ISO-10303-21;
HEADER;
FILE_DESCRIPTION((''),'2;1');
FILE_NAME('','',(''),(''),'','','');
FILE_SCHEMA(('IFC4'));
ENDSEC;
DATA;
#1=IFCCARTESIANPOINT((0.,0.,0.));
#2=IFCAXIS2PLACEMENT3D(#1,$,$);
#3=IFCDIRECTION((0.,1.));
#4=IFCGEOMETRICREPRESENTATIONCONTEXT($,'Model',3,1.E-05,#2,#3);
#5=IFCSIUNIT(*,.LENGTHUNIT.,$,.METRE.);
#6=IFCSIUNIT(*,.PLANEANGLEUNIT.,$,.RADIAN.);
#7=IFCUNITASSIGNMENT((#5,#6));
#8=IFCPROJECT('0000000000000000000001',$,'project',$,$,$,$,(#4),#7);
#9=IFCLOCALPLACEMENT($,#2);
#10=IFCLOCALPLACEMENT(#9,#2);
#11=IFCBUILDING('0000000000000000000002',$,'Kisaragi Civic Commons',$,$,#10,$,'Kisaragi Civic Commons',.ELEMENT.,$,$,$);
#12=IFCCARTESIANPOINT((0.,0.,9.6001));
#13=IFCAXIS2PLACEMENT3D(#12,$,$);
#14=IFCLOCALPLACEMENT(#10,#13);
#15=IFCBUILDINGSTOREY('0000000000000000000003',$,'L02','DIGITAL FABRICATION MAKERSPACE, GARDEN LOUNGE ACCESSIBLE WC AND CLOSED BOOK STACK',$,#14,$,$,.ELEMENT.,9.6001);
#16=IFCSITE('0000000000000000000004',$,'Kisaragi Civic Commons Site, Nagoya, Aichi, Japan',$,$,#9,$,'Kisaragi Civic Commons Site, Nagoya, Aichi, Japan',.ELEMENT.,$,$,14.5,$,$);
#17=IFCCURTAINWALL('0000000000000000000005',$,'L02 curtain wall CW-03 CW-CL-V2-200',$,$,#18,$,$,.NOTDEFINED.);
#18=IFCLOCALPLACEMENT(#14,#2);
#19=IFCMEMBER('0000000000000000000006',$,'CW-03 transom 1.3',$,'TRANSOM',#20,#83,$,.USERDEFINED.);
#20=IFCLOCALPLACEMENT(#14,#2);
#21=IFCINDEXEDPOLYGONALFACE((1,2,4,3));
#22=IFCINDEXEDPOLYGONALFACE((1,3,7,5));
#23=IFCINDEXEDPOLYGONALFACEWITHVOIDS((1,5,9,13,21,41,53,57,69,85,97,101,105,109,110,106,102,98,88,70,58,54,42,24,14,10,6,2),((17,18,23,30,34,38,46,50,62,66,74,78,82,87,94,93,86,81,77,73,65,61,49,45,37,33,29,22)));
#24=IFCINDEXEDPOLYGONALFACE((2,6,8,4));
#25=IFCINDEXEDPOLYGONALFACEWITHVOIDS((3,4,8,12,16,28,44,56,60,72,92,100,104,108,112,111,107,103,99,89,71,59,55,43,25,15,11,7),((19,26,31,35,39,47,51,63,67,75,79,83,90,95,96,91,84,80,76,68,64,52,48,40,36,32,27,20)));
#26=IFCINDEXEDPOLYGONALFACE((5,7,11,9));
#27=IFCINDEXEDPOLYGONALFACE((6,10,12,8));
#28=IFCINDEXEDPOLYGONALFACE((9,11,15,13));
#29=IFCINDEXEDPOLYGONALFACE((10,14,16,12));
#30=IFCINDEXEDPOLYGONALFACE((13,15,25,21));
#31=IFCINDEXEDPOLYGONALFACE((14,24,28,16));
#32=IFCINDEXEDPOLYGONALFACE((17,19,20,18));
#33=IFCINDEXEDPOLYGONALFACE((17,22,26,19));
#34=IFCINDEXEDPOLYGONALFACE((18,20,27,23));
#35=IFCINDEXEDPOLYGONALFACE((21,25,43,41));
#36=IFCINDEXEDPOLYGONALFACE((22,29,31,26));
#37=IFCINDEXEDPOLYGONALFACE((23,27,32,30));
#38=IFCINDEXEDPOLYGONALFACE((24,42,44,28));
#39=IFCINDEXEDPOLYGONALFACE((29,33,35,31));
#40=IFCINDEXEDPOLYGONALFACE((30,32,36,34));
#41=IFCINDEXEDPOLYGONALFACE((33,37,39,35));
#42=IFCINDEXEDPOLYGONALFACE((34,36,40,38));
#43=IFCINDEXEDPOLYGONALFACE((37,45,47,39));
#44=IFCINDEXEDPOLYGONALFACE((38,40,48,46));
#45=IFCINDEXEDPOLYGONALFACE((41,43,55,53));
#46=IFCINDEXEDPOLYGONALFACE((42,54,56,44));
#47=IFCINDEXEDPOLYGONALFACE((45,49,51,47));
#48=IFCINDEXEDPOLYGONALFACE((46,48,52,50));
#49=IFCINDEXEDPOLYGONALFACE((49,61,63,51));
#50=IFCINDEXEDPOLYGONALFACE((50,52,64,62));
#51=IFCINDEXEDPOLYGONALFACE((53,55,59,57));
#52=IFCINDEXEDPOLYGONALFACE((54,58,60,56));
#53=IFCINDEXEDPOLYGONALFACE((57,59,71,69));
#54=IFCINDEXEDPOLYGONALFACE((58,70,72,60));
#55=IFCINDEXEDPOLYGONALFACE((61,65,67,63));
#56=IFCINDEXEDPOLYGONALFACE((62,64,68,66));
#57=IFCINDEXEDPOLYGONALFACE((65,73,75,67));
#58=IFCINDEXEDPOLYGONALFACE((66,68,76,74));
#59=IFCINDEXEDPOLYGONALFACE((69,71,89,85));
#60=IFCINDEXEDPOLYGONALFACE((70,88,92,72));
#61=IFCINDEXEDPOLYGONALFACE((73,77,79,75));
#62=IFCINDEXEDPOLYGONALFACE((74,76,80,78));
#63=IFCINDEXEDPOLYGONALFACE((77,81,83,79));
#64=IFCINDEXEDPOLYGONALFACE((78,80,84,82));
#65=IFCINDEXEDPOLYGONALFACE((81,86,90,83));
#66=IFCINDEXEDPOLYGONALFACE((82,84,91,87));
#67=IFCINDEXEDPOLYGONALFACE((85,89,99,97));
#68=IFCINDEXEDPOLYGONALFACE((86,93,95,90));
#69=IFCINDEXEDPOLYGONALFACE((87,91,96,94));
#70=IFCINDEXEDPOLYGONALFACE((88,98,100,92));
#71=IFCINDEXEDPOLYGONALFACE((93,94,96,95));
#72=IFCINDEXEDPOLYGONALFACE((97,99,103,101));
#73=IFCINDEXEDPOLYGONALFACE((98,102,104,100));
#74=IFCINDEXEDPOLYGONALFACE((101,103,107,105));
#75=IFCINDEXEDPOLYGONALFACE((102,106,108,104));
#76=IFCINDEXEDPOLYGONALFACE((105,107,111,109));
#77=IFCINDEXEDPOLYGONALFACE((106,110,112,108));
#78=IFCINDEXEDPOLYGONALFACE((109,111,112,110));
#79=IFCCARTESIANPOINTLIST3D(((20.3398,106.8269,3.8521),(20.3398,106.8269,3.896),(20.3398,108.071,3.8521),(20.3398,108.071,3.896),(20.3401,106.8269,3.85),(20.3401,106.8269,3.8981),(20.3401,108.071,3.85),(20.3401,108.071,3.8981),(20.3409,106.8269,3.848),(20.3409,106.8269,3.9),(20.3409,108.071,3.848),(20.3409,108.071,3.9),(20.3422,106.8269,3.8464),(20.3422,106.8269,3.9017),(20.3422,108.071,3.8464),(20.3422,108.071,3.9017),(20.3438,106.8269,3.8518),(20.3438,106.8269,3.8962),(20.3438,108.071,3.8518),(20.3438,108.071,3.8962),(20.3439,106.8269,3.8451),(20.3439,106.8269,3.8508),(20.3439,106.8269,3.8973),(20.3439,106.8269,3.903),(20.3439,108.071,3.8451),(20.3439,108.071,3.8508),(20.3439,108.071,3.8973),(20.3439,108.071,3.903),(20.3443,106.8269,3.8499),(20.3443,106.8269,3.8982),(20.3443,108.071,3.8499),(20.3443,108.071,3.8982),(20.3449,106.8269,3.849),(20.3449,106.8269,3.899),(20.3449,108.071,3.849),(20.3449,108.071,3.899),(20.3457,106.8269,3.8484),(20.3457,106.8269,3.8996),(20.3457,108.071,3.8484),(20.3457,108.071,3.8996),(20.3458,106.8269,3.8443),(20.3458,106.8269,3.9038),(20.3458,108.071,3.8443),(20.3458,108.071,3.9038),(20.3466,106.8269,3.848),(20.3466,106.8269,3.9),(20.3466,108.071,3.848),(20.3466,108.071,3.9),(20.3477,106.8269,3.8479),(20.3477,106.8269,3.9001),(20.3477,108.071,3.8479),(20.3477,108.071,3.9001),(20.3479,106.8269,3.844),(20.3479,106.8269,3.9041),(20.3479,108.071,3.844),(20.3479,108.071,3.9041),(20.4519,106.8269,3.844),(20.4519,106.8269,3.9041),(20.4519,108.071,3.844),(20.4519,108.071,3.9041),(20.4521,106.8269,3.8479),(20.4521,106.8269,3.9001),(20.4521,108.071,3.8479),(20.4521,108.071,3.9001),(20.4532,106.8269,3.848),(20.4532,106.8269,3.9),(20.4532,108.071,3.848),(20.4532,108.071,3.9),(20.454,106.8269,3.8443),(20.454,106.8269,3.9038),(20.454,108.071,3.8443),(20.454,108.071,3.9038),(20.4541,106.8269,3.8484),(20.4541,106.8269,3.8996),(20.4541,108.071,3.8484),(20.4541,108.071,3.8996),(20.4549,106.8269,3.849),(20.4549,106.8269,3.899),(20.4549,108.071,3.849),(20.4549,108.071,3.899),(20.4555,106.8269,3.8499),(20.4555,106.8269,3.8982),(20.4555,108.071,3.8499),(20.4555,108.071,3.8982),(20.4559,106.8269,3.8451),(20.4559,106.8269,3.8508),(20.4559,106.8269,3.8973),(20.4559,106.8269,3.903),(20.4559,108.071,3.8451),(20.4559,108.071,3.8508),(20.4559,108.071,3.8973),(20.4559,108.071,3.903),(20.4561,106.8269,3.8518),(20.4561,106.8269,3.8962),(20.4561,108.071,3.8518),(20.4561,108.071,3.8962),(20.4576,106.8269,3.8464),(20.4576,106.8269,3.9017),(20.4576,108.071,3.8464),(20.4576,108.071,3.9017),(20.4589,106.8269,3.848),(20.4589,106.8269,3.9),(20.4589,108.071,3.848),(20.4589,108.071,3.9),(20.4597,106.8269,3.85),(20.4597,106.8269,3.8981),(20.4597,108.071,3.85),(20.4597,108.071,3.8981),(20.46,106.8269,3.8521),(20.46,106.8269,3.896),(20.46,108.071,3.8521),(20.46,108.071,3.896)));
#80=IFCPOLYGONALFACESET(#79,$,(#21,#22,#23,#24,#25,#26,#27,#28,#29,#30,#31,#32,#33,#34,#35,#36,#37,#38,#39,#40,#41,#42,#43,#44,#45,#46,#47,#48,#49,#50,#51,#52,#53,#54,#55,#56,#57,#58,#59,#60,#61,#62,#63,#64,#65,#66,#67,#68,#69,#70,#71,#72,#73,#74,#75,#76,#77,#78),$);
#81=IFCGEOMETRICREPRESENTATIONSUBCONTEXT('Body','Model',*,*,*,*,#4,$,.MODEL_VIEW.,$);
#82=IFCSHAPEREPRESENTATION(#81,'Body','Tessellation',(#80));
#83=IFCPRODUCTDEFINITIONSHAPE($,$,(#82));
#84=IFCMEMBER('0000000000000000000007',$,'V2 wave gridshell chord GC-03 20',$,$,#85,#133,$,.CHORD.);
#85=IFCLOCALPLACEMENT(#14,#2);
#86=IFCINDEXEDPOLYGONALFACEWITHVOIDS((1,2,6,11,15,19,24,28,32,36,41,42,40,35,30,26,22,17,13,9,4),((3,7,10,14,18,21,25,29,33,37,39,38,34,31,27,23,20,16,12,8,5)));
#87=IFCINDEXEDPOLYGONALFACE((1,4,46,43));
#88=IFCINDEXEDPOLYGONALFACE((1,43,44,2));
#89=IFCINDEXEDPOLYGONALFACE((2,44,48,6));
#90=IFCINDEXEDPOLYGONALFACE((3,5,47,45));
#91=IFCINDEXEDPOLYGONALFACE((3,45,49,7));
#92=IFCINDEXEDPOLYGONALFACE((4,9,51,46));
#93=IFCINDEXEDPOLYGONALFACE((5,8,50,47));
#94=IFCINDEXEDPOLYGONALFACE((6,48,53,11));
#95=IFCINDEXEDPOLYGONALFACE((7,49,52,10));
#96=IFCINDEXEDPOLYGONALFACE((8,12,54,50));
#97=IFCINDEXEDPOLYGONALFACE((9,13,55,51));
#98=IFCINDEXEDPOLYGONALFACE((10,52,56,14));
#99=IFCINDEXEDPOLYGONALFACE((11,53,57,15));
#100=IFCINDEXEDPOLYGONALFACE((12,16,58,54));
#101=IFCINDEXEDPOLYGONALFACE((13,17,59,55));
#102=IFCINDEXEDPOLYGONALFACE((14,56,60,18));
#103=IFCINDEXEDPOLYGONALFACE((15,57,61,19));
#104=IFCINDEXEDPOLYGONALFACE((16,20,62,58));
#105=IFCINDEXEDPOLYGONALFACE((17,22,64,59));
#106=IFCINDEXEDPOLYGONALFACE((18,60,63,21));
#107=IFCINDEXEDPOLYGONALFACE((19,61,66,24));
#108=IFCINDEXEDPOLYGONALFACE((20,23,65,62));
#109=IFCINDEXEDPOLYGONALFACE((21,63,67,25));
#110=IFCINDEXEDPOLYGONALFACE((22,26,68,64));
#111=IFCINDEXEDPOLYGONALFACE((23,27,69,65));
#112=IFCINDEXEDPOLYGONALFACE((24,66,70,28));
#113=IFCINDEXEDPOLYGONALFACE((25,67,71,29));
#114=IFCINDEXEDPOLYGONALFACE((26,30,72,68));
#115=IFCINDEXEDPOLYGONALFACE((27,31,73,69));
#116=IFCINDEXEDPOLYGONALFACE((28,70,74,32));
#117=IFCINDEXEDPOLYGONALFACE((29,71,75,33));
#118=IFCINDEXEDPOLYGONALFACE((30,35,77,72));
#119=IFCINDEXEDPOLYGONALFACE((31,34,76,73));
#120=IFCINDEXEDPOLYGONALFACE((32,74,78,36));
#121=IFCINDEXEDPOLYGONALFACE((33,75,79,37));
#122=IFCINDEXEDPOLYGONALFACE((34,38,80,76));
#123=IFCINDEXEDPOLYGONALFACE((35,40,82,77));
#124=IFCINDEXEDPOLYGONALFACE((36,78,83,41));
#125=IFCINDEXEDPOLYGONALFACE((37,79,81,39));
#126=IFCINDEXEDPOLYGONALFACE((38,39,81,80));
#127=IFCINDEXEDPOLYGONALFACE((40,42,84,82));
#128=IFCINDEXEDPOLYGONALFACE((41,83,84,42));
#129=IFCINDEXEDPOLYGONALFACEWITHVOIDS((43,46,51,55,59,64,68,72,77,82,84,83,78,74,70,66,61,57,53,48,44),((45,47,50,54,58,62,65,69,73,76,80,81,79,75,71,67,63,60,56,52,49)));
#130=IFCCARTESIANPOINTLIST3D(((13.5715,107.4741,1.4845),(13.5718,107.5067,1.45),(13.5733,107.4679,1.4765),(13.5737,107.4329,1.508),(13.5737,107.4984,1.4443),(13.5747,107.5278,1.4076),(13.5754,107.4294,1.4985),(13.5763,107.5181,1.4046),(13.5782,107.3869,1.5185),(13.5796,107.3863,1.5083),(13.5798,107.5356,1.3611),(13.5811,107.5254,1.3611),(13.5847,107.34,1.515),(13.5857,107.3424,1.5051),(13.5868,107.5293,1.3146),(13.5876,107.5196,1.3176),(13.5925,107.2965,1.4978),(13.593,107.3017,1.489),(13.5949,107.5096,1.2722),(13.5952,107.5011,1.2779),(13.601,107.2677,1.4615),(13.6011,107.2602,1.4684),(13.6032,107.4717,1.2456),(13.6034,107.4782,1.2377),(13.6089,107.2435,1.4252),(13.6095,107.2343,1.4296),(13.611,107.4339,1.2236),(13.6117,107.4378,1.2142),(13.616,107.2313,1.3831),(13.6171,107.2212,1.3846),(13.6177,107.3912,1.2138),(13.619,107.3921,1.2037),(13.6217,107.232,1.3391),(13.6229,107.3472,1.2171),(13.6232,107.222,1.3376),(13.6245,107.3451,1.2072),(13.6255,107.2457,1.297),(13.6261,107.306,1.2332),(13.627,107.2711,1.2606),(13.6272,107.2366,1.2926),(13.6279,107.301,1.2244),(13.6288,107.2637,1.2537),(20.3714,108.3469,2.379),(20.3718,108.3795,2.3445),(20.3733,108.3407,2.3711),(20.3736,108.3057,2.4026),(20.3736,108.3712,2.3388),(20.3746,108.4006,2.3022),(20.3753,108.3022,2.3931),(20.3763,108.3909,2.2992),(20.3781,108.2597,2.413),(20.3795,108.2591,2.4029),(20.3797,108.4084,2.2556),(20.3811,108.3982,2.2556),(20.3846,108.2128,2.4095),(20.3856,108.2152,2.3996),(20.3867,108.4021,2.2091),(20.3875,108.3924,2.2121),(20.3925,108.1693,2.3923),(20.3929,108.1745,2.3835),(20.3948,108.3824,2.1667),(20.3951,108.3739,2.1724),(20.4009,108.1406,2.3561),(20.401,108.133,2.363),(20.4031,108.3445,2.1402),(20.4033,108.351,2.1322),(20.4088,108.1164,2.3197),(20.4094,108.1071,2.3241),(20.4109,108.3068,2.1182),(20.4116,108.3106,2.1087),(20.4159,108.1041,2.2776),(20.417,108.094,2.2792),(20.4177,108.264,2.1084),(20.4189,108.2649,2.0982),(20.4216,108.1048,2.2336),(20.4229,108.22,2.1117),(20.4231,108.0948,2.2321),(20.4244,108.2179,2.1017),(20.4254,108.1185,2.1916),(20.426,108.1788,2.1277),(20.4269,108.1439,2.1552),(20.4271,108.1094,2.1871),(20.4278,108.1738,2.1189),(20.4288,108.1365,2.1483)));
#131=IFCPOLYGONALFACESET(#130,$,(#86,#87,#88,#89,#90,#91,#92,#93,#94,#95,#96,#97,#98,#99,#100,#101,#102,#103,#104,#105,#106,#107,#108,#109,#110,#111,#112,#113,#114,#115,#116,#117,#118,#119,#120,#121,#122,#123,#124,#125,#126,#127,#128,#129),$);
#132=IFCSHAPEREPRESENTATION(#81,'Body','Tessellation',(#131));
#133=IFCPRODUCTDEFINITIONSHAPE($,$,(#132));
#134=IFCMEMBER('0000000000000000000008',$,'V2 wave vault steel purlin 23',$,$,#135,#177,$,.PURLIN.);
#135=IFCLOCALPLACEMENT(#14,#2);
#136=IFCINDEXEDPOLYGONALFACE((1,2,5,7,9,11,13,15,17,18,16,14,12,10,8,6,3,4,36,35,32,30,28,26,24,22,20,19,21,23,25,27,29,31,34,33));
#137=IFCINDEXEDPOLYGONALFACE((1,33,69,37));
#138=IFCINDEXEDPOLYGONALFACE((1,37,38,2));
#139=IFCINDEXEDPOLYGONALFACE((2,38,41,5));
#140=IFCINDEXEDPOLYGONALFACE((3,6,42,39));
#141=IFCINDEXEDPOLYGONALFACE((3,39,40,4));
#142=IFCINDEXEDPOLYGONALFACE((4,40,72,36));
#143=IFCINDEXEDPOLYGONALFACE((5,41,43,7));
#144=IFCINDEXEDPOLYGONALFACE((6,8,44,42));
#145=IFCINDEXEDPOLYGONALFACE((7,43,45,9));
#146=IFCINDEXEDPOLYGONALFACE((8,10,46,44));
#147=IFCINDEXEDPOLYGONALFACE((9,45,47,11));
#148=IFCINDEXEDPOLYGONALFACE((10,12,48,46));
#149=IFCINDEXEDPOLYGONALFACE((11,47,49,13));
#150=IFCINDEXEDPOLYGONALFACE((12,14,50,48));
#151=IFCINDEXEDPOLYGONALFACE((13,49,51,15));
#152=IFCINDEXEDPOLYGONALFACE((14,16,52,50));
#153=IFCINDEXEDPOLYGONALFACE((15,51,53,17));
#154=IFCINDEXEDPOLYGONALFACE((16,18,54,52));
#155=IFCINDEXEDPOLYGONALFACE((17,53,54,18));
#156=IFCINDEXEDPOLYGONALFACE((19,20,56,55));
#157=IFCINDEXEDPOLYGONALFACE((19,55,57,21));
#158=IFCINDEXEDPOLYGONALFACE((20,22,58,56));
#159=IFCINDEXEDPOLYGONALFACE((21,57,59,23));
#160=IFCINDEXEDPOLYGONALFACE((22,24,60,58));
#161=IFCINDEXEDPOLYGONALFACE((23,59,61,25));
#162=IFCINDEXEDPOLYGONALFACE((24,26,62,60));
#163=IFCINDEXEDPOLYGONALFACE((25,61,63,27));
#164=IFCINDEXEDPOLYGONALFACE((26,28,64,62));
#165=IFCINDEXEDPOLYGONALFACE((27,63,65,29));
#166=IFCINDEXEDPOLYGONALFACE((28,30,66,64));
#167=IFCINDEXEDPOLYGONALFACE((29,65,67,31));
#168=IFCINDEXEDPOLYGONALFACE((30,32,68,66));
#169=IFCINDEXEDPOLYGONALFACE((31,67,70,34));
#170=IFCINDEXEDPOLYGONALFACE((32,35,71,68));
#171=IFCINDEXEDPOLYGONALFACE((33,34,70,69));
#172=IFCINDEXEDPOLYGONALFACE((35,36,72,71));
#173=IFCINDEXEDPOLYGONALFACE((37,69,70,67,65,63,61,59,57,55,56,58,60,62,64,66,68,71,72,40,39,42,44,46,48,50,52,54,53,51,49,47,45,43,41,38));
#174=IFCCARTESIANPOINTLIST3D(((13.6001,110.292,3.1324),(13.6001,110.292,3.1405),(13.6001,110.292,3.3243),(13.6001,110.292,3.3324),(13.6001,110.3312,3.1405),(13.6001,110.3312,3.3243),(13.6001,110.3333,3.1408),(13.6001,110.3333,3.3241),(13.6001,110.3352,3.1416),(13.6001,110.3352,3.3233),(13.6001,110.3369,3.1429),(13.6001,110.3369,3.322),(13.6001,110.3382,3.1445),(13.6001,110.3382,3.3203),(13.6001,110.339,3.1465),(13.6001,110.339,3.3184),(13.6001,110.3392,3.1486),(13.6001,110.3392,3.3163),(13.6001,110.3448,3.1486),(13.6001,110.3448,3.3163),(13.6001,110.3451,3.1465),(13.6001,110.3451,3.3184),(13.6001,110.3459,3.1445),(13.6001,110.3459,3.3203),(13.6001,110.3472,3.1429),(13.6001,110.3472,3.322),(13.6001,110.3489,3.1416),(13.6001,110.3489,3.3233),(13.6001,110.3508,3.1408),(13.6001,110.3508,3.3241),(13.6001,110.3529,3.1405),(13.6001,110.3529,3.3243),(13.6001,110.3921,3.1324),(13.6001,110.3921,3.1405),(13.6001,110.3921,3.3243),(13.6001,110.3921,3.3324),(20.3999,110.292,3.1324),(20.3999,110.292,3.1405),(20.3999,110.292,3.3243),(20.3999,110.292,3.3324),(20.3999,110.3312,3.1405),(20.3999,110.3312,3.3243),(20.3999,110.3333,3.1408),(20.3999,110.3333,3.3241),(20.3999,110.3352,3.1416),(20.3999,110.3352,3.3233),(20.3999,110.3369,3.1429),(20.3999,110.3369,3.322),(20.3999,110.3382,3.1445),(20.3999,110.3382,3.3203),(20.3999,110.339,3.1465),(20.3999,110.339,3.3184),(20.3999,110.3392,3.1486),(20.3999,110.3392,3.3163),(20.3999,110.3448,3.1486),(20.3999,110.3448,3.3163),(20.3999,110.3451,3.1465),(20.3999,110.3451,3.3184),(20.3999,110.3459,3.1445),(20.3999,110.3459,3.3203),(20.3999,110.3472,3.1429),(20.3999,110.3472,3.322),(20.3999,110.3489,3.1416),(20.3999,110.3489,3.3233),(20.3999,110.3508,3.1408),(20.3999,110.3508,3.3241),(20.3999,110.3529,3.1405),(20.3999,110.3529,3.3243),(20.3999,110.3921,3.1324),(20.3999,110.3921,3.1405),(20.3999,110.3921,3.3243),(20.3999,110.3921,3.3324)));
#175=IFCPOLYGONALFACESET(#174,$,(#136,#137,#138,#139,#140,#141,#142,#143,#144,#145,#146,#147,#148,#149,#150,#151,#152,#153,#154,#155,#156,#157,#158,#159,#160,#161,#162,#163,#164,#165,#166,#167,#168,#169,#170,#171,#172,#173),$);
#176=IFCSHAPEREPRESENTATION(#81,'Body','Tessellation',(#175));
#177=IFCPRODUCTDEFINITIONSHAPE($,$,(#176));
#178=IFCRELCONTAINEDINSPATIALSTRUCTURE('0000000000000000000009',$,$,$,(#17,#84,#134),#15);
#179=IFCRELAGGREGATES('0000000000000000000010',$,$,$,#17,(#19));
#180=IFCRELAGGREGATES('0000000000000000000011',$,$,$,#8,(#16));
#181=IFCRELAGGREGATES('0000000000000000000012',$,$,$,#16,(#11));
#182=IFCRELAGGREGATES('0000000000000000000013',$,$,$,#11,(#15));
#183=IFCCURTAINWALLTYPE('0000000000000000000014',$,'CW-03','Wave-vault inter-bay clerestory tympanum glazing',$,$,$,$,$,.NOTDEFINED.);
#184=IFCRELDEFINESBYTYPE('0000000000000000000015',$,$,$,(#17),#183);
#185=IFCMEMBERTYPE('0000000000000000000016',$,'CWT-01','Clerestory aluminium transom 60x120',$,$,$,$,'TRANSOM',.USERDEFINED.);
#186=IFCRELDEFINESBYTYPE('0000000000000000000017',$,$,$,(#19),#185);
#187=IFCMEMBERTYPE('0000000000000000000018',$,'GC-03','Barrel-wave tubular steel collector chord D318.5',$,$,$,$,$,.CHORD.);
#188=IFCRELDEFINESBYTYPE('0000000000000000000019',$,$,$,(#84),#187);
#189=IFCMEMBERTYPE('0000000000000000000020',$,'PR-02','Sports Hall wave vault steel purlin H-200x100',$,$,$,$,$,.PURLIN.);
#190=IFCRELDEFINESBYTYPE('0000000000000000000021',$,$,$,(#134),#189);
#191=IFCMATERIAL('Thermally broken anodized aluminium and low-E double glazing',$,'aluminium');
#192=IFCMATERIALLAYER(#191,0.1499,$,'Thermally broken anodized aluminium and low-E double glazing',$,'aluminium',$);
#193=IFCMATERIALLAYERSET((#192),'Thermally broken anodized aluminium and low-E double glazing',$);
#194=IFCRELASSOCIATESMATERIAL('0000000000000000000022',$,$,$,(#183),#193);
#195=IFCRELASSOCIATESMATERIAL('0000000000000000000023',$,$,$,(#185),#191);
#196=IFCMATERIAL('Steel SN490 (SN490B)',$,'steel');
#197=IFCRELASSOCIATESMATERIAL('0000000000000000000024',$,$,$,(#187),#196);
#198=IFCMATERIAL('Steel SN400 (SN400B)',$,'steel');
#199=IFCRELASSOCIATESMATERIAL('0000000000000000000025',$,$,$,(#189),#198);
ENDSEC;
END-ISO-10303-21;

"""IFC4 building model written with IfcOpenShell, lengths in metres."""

from ifc_helpers import new_model, si_unit, direction, frame, origin, origin_2d, place, context, subcontext, project, spatial, hollow_rectangle, hollow_circle, i_section, extrude, material, layer, layer_set, material_profile, profile_set, type_object, element, aggregate, save


model = new_model("IFC4")

# Units and contexts
model_context = context("Model", 3, precision=1e-05, world=origin(), true_north=direction((0.0, 1.0)))
body_context = subcontext(model_context, "Body", "Model", "MODEL_VIEW")
ifc_project = project(units=[si_unit("LENGTHUNIT", "METRE"), si_unit("PLANEANGLEUNIT", "RADIAN")], contexts=[model_context])

# Site, building, storey
site_placement = place(None, origin())
site = spatial("IfcSite", under=ifc_project, at=site_placement, Name="Kisaragi Civic Commons Site, Nagoya, Aichi, Japan", LongName="Kisaragi Civic Commons Site, Nagoya, Aichi, Japan", CompositionType="ELEMENT", RefElevation=14.5)
building_placement = place(site_placement, origin())
building = spatial("IfcBuilding", under=site, at=building_placement, Name="Kisaragi Civic Commons", LongName="Kisaragi Civic Commons", CompositionType="ELEMENT")
storey_placement = place(building_placement, frame((0.0, 0.0, 9.6001)))
storey = spatial("IfcBuildingStorey", under=building, at=storey_placement, Name="L02", Description="DIGITAL FABRICATION MAKERSPACE, GARDEN LOUNGE ACCESSIBLE WC AND CLOSED BOOK STACK", CompositionType="ELEMENT", Elevation=9.6001)

# Shared definitions
ifc_material_1 = material(Name="Thermally broken anodized aluminium and low-E double glazing", Category="aluminium")
ifc_layer_1 = layer(ifc_material_1, 0.1499, Name="Thermally broken anodized aluminium and low-E double glazing", Category="aluminium")
ifc_layer_set_1 = layer_set([ifc_layer_1], Name="Thermally broken anodized aluminium and low-E double glazing")
curtain_wall_type = type_object("IfcCurtainWallType", Name="CW-03", Description="Wave-vault inter-bay clerestory tympanum glazing", PredefinedType="NOTDEFINED", material=ifc_layer_set_1)

# Curtain wall
curtain_wall_1_placement = place(storey_placement, origin())
curtain_wall_1 = element("IfcCurtainWall", 1, at=curtain_wall_1_placement, inside=storey, type_object=curtain_wall_type, Name="L02 curtain wall CW-03 CW-CL-V2-200", PredefinedType="NOTDEFINED")

# Member
ifc_material_profile_1 = material_profile(ifc_material_1, hollow_rectangle(XDim=0.1201, YDim=0.0601, WallThickness=0.0039, InnerFilletRadius=0.0039, OuterFilletRadius=0.0081, at=origin_2d()), Name="CWT-60x120x4", Category="aluminium")
ifc_profile_set_1 = profile_set([ifc_material_profile_1], Name="Thermally broken anodized aluminium and low-E double glazing")
member_type_1 = type_object("IfcMemberType", Name="CWT-01", Description="Clerestory aluminium transom 60x120", ElementType="TRANSOM", PredefinedType="USERDEFINED", material=ifc_profile_set_1)
member_1_placement = place(storey_placement, frame((20.3999, 106.8269, 3.874), z_axis=(0.0, 1.0, 0.0), x_axis=(-1.0, 0.0, 0.0)))
member_1 = element("IfcMember", 2, at=member_1_placement, type_object=member_type_1, Name="CW-03 transom 1.3", ObjectType="TRANSOM", PredefinedType="USERDEFINED", context=body_context, shape_type="SweptSolid", body=[
    extrude(hollow_rectangle(XDim=0.1201, YDim=0.0601, WallThickness=0.0039, InnerFilletRadius=0.0039, OuterFilletRadius=0.0081, at=origin_2d()), origin(), (0.0, 0.0, 1.0), 1.2441),
])
aggregate(curtain_wall_1, [member_1])

# Members
ifc_material_2 = material(Name="Steel SN490 (SN490B)", Category="steel")
ifc_material_profile_2 = material_profile(ifc_material_2, hollow_circle(Radius=0.1592, WallThickness=0.0103, at=origin_2d()), Name="CHS-318.5x10.3", Category="steel")
ifc_profile_set_2 = profile_set([ifc_material_profile_2], Name="Steel SN490 (SN490B)")
member_type_2 = type_object("IfcMemberType", Name="GC-03", Description="Barrel-wave tubular steel collector chord D318.5", PredefinedType="CHORD", material=ifc_profile_set_2)
member_2_placement = place(storey_placement, frame((13.6001, 107.3777, 1.3611), z_axis=(0.983525, 0.126242, 0.129385), x_axis=(-0.127313, 0.991863, 0.0)))
element("IfcMember", 3, at=member_2_placement, inside=storey, type_object=member_type_2, Name="V2 wave gridshell chord GC-03 20", PredefinedType="CHORD", context=body_context, shape_type="SweptSolid", body=[
    extrude(hollow_circle(Radius=0.1592, WallThickness=0.0103, at=origin_2d()), origin(), (0.0, 0.0, 1.0), 6.9138),
])
ifc_material_3 = material(Name="Steel SN400 (SN400B)", Category="steel")
ifc_material_profile_3 = material_profile(ifc_material_3, i_section(OverallWidth=0.1001, OverallDepth=0.2, WebThickness=0.0056, FlangeThickness=0.0081, FilletRadius=0.0081, at=origin_2d()), Name="H-200x100x5.5x8", Category="steel")
ifc_profile_set_3 = profile_set([ifc_material_profile_3], Name="Steel SN400 (SN400B)")
member_type_3 = type_object("IfcMemberType", Name="PR-02", Description="Sports Hall wave vault steel purlin H-200x100", PredefinedType="PURLIN", material=ifc_profile_set_3)
member_3_placement = place(storey_placement, frame((13.6001, 110.342, 3.2324), z_axis=(1.0, 0.0, 0.0), x_axis=(0.0, 1.0, 0.0)))
element("IfcMember", 4, at=member_3_placement, inside=storey, type_object=member_type_3, Name="V2 wave vault steel purlin 23", PredefinedType="PURLIN", context=body_context, shape_type="SweptSolid", body=[
    extrude(i_section(OverallWidth=0.1001, OverallDepth=0.2, WebThickness=0.0056, FlangeThickness=0.0081, FilletRadius=0.0081, at=origin_2d()), origin(), (0.0, 0.0, 1.0), 6.7998),
])

save(model, "model.ifc")
